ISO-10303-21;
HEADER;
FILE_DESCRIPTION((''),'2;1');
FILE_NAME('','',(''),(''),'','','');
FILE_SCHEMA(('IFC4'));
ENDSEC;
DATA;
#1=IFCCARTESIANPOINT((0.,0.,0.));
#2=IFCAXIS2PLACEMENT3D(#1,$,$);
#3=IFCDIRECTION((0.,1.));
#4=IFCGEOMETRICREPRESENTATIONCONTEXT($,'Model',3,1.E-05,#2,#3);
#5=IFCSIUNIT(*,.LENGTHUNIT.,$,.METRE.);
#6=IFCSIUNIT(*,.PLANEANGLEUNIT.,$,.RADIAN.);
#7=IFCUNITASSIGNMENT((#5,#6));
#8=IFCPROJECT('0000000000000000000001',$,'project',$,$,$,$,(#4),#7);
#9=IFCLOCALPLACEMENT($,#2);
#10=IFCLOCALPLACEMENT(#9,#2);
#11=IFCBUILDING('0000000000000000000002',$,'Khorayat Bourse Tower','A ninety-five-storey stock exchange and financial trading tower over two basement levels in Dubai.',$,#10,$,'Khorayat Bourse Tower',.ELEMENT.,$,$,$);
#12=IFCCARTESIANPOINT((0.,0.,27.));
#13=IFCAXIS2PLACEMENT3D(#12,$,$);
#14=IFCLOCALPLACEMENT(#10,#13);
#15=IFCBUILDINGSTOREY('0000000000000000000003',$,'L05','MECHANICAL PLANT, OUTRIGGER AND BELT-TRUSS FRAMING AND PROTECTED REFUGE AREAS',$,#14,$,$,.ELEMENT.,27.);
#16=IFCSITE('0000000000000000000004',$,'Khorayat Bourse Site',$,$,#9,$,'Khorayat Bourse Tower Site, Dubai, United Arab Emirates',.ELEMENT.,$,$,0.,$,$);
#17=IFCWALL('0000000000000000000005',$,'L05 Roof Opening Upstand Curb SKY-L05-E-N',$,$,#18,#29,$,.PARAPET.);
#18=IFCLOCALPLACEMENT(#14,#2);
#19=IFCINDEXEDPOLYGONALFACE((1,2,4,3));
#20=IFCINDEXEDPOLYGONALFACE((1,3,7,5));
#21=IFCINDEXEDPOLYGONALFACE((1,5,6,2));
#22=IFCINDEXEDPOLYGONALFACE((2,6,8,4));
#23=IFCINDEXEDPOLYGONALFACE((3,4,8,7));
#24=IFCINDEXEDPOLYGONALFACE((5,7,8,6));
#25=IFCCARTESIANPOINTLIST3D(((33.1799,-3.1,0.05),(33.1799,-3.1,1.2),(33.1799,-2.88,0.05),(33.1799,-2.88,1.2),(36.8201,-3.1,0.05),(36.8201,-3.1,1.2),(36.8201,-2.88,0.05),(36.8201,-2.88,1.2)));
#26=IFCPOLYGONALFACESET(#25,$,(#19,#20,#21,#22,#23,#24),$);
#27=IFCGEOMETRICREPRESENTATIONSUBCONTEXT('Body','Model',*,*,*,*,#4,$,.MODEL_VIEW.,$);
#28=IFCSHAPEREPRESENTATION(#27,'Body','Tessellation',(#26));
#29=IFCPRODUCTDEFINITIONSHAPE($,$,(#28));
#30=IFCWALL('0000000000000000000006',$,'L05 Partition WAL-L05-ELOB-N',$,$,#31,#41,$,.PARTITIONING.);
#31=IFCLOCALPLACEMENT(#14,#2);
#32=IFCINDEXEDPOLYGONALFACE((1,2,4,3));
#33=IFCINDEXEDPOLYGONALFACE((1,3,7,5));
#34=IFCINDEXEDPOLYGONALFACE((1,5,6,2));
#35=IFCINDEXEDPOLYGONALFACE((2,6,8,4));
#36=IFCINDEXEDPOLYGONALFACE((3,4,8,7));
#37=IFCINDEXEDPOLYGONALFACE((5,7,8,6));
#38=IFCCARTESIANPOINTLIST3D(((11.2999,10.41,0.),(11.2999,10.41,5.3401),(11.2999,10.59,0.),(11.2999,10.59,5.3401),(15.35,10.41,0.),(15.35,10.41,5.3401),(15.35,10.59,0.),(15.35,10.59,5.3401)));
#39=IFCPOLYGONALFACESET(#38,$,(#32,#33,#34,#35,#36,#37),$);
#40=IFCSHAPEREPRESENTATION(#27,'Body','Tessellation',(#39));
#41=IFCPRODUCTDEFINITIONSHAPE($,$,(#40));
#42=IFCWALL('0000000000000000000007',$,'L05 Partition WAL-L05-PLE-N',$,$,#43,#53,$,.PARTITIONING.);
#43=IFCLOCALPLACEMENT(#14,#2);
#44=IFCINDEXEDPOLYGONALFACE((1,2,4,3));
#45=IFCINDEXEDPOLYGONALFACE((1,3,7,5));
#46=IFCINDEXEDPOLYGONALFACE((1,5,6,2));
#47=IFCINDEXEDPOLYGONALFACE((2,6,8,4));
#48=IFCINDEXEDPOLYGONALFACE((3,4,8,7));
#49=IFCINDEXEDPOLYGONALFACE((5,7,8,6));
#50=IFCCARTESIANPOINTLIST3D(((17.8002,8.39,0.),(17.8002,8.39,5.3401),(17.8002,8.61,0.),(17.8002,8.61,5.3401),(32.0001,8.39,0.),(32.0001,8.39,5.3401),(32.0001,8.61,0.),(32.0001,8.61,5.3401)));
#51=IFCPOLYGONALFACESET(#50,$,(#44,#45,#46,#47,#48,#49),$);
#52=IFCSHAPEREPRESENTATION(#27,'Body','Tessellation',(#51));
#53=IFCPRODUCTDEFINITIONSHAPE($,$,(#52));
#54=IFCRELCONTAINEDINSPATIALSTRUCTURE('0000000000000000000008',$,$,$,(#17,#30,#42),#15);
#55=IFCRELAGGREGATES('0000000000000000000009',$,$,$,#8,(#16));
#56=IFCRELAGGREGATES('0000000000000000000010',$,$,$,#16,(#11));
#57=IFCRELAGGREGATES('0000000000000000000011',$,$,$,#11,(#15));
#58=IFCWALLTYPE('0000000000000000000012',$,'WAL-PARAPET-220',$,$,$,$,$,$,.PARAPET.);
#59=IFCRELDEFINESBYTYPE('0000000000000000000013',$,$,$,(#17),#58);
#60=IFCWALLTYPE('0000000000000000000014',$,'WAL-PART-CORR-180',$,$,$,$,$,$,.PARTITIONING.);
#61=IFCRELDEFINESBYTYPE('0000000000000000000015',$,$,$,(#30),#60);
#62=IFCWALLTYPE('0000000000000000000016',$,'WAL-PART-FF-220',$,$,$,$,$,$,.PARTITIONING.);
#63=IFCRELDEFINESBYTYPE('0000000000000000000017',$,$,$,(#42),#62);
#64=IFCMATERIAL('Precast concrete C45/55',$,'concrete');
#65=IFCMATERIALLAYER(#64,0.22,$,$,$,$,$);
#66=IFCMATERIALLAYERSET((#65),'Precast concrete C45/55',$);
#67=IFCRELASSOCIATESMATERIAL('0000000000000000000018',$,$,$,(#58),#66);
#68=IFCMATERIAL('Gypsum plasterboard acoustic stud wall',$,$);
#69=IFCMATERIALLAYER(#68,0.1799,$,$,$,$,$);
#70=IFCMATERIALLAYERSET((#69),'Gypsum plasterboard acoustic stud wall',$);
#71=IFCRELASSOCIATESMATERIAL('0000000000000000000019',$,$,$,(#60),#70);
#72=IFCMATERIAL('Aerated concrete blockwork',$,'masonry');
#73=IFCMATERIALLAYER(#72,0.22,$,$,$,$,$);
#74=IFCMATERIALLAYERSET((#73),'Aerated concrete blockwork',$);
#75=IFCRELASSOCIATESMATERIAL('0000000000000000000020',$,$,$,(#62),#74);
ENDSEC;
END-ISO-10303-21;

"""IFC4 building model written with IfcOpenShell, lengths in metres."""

from ifc_helpers import new_model, si_unit, direction, frame, frame_2d, origin, place, context, subcontext, project, spatial, rectangle, extrude, source, transform, mapped, material, layer, layer_set, type_object, element, save


model = new_model("IFC4")

# Units and contexts
model_context = context("Model", 3, precision=1e-05, world=origin(), true_north=direction((0.0, 1.0)))
body_context = subcontext(model_context, "Body", "Model", "MODEL_VIEW")
ifc_project = project(units=[si_unit("LENGTHUNIT", "METRE"), si_unit("PLANEANGLEUNIT", "RADIAN")], contexts=[model_context])

# Site, building, storey
site_placement = place(None, origin())
site = spatial("IfcSite", under=ifc_project, at=site_placement, Name="Khorayat Bourse Site", LongName="Khorayat Bourse Tower Site, Dubai, United Arab Emirates", CompositionType="ELEMENT", RefElevation=0.0)
building_placement = place(site_placement, origin())
building = spatial("IfcBuilding", under=site, at=building_placement, Name="Khorayat Bourse Tower", Description="A ninety-five-storey stock exchange and financial trading tower over two basement levels in Dubai.", LongName="Khorayat Bourse Tower", CompositionType="ELEMENT")
storey_placement = place(building_placement, frame((0.0, 0.0, 27.0)))
storey = spatial("IfcBuildingStorey", under=building, at=storey_placement, Name="L05", Description="MECHANICAL PLANT, OUTRIGGER AND BELT-TRUSS FRAMING AND PROTECTED REFUGE AREAS", CompositionType="ELEMENT", Elevation=27.0)

# Walls
ifc_material_1 = material(Name="Precast concrete C45/55", Category="concrete")
ifc_layer_1 = layer(ifc_material_1, 0.22)
ifc_layer_set_1 = layer_set([ifc_layer_1], Name="Precast concrete C45/55")
wall_type_1 = type_object("IfcWallType", Name="WAL-PARAPET-220", PredefinedType="PARAPET", material=ifc_layer_set_1)
shared_shape_1 = source(origin(), body_context, "Body", "SweptSolid", [
    extrude(rectangle(XDim=3.6401, YDim=0.22, at=frame_2d((1.8201, 0.0))), origin(), (0.0, 0.0, 1.0), 1.1499),
])
wall_1_placement = place(storey_placement, frame((33.1799, -2.99, 0.05), z_axis=(0.0, 0.0, 1.0), x_axis=(1.0, 0.0, 0.0)))
element("IfcWall", 1, at=wall_1_placement, inside=storey, type_object=wall_type_1, Name="L05 Roof Opening Upstand Curb SKY-L05-E-N", PredefinedType="PARAPET", context=body_context, shape_type="MappedRepresentation", body=[
    mapped(shared_shape_1, transform((0.0, 0.0, 0.0), scale=1.0)),
])
ifc_material_2 = material(Name="Gypsum plasterboard acoustic stud wall")
ifc_layer_2 = layer(ifc_material_2, 0.1799)
ifc_layer_set_2 = layer_set([ifc_layer_2], Name="Gypsum plasterboard acoustic stud wall")
wall_type_2 = type_object("IfcWallType", Name="WAL-PART-CORR-180", PredefinedType="PARTITIONING", material=ifc_layer_set_2)
shared_shape_2 = source(origin(), body_context, "Body", "SweptSolid", [
    extrude(rectangle(XDim=4.05, YDim=0.1799, at=frame_2d((2.0249, 0.0))), origin(), (0.0, 0.0, 1.0), 5.3401),
])
wall_2_placement = place(storey_placement, frame((11.3, 10.5, 0.0), z_axis=(0.0, 0.0, 1.0), x_axis=(1.0, 0.0, 0.0)))
element("IfcWall", 2, at=wall_2_placement, inside=storey, type_object=wall_type_2, Name="L05 Partition WAL-L05-ELOB-N", PredefinedType="PARTITIONING", context=body_context, shape_type="MappedRepresentation", body=[
    mapped(shared_shape_2, transform((0.0, 0.0, 0.0), scale=1.0)),
])
ifc_material_3 = material(Name="Aerated concrete blockwork", Category="masonry")
ifc_layer_3 = layer(ifc_material_3, 0.22)
ifc_layer_set_3 = layer_set([ifc_layer_3], Name="Aerated concrete blockwork")
wall_type_3 = type_object("IfcWallType", Name="WAL-PART-FF-220", PredefinedType="PARTITIONING", material=ifc_layer_set_3)
shared_shape_3 = source(origin(), body_context, "Body", "SweptSolid", [
    extrude(rectangle(XDim=14.2, YDim=0.22, at=frame_2d((7.1001, 0.0))), origin(), (0.0, 0.0, 1.0), 5.3401),
])
wall_3_placement = place(storey_placement, frame((17.8, 8.5, 0.0), z_axis=(0.0, 0.0, 1.0), x_axis=(1.0, 0.0, 0.0)))
element("IfcWall", 3, at=wall_3_placement, inside=storey, type_object=wall_type_3, Name="L05 Partition WAL-L05-PLE-N", PredefinedType="PARTITIONING", context=body_context, shape_type="MappedRepresentation", body=[
    mapped(shared_shape_3, transform((0.0, 0.0, 0.0), scale=1.0)),
])

save(model, "model.ifc")
